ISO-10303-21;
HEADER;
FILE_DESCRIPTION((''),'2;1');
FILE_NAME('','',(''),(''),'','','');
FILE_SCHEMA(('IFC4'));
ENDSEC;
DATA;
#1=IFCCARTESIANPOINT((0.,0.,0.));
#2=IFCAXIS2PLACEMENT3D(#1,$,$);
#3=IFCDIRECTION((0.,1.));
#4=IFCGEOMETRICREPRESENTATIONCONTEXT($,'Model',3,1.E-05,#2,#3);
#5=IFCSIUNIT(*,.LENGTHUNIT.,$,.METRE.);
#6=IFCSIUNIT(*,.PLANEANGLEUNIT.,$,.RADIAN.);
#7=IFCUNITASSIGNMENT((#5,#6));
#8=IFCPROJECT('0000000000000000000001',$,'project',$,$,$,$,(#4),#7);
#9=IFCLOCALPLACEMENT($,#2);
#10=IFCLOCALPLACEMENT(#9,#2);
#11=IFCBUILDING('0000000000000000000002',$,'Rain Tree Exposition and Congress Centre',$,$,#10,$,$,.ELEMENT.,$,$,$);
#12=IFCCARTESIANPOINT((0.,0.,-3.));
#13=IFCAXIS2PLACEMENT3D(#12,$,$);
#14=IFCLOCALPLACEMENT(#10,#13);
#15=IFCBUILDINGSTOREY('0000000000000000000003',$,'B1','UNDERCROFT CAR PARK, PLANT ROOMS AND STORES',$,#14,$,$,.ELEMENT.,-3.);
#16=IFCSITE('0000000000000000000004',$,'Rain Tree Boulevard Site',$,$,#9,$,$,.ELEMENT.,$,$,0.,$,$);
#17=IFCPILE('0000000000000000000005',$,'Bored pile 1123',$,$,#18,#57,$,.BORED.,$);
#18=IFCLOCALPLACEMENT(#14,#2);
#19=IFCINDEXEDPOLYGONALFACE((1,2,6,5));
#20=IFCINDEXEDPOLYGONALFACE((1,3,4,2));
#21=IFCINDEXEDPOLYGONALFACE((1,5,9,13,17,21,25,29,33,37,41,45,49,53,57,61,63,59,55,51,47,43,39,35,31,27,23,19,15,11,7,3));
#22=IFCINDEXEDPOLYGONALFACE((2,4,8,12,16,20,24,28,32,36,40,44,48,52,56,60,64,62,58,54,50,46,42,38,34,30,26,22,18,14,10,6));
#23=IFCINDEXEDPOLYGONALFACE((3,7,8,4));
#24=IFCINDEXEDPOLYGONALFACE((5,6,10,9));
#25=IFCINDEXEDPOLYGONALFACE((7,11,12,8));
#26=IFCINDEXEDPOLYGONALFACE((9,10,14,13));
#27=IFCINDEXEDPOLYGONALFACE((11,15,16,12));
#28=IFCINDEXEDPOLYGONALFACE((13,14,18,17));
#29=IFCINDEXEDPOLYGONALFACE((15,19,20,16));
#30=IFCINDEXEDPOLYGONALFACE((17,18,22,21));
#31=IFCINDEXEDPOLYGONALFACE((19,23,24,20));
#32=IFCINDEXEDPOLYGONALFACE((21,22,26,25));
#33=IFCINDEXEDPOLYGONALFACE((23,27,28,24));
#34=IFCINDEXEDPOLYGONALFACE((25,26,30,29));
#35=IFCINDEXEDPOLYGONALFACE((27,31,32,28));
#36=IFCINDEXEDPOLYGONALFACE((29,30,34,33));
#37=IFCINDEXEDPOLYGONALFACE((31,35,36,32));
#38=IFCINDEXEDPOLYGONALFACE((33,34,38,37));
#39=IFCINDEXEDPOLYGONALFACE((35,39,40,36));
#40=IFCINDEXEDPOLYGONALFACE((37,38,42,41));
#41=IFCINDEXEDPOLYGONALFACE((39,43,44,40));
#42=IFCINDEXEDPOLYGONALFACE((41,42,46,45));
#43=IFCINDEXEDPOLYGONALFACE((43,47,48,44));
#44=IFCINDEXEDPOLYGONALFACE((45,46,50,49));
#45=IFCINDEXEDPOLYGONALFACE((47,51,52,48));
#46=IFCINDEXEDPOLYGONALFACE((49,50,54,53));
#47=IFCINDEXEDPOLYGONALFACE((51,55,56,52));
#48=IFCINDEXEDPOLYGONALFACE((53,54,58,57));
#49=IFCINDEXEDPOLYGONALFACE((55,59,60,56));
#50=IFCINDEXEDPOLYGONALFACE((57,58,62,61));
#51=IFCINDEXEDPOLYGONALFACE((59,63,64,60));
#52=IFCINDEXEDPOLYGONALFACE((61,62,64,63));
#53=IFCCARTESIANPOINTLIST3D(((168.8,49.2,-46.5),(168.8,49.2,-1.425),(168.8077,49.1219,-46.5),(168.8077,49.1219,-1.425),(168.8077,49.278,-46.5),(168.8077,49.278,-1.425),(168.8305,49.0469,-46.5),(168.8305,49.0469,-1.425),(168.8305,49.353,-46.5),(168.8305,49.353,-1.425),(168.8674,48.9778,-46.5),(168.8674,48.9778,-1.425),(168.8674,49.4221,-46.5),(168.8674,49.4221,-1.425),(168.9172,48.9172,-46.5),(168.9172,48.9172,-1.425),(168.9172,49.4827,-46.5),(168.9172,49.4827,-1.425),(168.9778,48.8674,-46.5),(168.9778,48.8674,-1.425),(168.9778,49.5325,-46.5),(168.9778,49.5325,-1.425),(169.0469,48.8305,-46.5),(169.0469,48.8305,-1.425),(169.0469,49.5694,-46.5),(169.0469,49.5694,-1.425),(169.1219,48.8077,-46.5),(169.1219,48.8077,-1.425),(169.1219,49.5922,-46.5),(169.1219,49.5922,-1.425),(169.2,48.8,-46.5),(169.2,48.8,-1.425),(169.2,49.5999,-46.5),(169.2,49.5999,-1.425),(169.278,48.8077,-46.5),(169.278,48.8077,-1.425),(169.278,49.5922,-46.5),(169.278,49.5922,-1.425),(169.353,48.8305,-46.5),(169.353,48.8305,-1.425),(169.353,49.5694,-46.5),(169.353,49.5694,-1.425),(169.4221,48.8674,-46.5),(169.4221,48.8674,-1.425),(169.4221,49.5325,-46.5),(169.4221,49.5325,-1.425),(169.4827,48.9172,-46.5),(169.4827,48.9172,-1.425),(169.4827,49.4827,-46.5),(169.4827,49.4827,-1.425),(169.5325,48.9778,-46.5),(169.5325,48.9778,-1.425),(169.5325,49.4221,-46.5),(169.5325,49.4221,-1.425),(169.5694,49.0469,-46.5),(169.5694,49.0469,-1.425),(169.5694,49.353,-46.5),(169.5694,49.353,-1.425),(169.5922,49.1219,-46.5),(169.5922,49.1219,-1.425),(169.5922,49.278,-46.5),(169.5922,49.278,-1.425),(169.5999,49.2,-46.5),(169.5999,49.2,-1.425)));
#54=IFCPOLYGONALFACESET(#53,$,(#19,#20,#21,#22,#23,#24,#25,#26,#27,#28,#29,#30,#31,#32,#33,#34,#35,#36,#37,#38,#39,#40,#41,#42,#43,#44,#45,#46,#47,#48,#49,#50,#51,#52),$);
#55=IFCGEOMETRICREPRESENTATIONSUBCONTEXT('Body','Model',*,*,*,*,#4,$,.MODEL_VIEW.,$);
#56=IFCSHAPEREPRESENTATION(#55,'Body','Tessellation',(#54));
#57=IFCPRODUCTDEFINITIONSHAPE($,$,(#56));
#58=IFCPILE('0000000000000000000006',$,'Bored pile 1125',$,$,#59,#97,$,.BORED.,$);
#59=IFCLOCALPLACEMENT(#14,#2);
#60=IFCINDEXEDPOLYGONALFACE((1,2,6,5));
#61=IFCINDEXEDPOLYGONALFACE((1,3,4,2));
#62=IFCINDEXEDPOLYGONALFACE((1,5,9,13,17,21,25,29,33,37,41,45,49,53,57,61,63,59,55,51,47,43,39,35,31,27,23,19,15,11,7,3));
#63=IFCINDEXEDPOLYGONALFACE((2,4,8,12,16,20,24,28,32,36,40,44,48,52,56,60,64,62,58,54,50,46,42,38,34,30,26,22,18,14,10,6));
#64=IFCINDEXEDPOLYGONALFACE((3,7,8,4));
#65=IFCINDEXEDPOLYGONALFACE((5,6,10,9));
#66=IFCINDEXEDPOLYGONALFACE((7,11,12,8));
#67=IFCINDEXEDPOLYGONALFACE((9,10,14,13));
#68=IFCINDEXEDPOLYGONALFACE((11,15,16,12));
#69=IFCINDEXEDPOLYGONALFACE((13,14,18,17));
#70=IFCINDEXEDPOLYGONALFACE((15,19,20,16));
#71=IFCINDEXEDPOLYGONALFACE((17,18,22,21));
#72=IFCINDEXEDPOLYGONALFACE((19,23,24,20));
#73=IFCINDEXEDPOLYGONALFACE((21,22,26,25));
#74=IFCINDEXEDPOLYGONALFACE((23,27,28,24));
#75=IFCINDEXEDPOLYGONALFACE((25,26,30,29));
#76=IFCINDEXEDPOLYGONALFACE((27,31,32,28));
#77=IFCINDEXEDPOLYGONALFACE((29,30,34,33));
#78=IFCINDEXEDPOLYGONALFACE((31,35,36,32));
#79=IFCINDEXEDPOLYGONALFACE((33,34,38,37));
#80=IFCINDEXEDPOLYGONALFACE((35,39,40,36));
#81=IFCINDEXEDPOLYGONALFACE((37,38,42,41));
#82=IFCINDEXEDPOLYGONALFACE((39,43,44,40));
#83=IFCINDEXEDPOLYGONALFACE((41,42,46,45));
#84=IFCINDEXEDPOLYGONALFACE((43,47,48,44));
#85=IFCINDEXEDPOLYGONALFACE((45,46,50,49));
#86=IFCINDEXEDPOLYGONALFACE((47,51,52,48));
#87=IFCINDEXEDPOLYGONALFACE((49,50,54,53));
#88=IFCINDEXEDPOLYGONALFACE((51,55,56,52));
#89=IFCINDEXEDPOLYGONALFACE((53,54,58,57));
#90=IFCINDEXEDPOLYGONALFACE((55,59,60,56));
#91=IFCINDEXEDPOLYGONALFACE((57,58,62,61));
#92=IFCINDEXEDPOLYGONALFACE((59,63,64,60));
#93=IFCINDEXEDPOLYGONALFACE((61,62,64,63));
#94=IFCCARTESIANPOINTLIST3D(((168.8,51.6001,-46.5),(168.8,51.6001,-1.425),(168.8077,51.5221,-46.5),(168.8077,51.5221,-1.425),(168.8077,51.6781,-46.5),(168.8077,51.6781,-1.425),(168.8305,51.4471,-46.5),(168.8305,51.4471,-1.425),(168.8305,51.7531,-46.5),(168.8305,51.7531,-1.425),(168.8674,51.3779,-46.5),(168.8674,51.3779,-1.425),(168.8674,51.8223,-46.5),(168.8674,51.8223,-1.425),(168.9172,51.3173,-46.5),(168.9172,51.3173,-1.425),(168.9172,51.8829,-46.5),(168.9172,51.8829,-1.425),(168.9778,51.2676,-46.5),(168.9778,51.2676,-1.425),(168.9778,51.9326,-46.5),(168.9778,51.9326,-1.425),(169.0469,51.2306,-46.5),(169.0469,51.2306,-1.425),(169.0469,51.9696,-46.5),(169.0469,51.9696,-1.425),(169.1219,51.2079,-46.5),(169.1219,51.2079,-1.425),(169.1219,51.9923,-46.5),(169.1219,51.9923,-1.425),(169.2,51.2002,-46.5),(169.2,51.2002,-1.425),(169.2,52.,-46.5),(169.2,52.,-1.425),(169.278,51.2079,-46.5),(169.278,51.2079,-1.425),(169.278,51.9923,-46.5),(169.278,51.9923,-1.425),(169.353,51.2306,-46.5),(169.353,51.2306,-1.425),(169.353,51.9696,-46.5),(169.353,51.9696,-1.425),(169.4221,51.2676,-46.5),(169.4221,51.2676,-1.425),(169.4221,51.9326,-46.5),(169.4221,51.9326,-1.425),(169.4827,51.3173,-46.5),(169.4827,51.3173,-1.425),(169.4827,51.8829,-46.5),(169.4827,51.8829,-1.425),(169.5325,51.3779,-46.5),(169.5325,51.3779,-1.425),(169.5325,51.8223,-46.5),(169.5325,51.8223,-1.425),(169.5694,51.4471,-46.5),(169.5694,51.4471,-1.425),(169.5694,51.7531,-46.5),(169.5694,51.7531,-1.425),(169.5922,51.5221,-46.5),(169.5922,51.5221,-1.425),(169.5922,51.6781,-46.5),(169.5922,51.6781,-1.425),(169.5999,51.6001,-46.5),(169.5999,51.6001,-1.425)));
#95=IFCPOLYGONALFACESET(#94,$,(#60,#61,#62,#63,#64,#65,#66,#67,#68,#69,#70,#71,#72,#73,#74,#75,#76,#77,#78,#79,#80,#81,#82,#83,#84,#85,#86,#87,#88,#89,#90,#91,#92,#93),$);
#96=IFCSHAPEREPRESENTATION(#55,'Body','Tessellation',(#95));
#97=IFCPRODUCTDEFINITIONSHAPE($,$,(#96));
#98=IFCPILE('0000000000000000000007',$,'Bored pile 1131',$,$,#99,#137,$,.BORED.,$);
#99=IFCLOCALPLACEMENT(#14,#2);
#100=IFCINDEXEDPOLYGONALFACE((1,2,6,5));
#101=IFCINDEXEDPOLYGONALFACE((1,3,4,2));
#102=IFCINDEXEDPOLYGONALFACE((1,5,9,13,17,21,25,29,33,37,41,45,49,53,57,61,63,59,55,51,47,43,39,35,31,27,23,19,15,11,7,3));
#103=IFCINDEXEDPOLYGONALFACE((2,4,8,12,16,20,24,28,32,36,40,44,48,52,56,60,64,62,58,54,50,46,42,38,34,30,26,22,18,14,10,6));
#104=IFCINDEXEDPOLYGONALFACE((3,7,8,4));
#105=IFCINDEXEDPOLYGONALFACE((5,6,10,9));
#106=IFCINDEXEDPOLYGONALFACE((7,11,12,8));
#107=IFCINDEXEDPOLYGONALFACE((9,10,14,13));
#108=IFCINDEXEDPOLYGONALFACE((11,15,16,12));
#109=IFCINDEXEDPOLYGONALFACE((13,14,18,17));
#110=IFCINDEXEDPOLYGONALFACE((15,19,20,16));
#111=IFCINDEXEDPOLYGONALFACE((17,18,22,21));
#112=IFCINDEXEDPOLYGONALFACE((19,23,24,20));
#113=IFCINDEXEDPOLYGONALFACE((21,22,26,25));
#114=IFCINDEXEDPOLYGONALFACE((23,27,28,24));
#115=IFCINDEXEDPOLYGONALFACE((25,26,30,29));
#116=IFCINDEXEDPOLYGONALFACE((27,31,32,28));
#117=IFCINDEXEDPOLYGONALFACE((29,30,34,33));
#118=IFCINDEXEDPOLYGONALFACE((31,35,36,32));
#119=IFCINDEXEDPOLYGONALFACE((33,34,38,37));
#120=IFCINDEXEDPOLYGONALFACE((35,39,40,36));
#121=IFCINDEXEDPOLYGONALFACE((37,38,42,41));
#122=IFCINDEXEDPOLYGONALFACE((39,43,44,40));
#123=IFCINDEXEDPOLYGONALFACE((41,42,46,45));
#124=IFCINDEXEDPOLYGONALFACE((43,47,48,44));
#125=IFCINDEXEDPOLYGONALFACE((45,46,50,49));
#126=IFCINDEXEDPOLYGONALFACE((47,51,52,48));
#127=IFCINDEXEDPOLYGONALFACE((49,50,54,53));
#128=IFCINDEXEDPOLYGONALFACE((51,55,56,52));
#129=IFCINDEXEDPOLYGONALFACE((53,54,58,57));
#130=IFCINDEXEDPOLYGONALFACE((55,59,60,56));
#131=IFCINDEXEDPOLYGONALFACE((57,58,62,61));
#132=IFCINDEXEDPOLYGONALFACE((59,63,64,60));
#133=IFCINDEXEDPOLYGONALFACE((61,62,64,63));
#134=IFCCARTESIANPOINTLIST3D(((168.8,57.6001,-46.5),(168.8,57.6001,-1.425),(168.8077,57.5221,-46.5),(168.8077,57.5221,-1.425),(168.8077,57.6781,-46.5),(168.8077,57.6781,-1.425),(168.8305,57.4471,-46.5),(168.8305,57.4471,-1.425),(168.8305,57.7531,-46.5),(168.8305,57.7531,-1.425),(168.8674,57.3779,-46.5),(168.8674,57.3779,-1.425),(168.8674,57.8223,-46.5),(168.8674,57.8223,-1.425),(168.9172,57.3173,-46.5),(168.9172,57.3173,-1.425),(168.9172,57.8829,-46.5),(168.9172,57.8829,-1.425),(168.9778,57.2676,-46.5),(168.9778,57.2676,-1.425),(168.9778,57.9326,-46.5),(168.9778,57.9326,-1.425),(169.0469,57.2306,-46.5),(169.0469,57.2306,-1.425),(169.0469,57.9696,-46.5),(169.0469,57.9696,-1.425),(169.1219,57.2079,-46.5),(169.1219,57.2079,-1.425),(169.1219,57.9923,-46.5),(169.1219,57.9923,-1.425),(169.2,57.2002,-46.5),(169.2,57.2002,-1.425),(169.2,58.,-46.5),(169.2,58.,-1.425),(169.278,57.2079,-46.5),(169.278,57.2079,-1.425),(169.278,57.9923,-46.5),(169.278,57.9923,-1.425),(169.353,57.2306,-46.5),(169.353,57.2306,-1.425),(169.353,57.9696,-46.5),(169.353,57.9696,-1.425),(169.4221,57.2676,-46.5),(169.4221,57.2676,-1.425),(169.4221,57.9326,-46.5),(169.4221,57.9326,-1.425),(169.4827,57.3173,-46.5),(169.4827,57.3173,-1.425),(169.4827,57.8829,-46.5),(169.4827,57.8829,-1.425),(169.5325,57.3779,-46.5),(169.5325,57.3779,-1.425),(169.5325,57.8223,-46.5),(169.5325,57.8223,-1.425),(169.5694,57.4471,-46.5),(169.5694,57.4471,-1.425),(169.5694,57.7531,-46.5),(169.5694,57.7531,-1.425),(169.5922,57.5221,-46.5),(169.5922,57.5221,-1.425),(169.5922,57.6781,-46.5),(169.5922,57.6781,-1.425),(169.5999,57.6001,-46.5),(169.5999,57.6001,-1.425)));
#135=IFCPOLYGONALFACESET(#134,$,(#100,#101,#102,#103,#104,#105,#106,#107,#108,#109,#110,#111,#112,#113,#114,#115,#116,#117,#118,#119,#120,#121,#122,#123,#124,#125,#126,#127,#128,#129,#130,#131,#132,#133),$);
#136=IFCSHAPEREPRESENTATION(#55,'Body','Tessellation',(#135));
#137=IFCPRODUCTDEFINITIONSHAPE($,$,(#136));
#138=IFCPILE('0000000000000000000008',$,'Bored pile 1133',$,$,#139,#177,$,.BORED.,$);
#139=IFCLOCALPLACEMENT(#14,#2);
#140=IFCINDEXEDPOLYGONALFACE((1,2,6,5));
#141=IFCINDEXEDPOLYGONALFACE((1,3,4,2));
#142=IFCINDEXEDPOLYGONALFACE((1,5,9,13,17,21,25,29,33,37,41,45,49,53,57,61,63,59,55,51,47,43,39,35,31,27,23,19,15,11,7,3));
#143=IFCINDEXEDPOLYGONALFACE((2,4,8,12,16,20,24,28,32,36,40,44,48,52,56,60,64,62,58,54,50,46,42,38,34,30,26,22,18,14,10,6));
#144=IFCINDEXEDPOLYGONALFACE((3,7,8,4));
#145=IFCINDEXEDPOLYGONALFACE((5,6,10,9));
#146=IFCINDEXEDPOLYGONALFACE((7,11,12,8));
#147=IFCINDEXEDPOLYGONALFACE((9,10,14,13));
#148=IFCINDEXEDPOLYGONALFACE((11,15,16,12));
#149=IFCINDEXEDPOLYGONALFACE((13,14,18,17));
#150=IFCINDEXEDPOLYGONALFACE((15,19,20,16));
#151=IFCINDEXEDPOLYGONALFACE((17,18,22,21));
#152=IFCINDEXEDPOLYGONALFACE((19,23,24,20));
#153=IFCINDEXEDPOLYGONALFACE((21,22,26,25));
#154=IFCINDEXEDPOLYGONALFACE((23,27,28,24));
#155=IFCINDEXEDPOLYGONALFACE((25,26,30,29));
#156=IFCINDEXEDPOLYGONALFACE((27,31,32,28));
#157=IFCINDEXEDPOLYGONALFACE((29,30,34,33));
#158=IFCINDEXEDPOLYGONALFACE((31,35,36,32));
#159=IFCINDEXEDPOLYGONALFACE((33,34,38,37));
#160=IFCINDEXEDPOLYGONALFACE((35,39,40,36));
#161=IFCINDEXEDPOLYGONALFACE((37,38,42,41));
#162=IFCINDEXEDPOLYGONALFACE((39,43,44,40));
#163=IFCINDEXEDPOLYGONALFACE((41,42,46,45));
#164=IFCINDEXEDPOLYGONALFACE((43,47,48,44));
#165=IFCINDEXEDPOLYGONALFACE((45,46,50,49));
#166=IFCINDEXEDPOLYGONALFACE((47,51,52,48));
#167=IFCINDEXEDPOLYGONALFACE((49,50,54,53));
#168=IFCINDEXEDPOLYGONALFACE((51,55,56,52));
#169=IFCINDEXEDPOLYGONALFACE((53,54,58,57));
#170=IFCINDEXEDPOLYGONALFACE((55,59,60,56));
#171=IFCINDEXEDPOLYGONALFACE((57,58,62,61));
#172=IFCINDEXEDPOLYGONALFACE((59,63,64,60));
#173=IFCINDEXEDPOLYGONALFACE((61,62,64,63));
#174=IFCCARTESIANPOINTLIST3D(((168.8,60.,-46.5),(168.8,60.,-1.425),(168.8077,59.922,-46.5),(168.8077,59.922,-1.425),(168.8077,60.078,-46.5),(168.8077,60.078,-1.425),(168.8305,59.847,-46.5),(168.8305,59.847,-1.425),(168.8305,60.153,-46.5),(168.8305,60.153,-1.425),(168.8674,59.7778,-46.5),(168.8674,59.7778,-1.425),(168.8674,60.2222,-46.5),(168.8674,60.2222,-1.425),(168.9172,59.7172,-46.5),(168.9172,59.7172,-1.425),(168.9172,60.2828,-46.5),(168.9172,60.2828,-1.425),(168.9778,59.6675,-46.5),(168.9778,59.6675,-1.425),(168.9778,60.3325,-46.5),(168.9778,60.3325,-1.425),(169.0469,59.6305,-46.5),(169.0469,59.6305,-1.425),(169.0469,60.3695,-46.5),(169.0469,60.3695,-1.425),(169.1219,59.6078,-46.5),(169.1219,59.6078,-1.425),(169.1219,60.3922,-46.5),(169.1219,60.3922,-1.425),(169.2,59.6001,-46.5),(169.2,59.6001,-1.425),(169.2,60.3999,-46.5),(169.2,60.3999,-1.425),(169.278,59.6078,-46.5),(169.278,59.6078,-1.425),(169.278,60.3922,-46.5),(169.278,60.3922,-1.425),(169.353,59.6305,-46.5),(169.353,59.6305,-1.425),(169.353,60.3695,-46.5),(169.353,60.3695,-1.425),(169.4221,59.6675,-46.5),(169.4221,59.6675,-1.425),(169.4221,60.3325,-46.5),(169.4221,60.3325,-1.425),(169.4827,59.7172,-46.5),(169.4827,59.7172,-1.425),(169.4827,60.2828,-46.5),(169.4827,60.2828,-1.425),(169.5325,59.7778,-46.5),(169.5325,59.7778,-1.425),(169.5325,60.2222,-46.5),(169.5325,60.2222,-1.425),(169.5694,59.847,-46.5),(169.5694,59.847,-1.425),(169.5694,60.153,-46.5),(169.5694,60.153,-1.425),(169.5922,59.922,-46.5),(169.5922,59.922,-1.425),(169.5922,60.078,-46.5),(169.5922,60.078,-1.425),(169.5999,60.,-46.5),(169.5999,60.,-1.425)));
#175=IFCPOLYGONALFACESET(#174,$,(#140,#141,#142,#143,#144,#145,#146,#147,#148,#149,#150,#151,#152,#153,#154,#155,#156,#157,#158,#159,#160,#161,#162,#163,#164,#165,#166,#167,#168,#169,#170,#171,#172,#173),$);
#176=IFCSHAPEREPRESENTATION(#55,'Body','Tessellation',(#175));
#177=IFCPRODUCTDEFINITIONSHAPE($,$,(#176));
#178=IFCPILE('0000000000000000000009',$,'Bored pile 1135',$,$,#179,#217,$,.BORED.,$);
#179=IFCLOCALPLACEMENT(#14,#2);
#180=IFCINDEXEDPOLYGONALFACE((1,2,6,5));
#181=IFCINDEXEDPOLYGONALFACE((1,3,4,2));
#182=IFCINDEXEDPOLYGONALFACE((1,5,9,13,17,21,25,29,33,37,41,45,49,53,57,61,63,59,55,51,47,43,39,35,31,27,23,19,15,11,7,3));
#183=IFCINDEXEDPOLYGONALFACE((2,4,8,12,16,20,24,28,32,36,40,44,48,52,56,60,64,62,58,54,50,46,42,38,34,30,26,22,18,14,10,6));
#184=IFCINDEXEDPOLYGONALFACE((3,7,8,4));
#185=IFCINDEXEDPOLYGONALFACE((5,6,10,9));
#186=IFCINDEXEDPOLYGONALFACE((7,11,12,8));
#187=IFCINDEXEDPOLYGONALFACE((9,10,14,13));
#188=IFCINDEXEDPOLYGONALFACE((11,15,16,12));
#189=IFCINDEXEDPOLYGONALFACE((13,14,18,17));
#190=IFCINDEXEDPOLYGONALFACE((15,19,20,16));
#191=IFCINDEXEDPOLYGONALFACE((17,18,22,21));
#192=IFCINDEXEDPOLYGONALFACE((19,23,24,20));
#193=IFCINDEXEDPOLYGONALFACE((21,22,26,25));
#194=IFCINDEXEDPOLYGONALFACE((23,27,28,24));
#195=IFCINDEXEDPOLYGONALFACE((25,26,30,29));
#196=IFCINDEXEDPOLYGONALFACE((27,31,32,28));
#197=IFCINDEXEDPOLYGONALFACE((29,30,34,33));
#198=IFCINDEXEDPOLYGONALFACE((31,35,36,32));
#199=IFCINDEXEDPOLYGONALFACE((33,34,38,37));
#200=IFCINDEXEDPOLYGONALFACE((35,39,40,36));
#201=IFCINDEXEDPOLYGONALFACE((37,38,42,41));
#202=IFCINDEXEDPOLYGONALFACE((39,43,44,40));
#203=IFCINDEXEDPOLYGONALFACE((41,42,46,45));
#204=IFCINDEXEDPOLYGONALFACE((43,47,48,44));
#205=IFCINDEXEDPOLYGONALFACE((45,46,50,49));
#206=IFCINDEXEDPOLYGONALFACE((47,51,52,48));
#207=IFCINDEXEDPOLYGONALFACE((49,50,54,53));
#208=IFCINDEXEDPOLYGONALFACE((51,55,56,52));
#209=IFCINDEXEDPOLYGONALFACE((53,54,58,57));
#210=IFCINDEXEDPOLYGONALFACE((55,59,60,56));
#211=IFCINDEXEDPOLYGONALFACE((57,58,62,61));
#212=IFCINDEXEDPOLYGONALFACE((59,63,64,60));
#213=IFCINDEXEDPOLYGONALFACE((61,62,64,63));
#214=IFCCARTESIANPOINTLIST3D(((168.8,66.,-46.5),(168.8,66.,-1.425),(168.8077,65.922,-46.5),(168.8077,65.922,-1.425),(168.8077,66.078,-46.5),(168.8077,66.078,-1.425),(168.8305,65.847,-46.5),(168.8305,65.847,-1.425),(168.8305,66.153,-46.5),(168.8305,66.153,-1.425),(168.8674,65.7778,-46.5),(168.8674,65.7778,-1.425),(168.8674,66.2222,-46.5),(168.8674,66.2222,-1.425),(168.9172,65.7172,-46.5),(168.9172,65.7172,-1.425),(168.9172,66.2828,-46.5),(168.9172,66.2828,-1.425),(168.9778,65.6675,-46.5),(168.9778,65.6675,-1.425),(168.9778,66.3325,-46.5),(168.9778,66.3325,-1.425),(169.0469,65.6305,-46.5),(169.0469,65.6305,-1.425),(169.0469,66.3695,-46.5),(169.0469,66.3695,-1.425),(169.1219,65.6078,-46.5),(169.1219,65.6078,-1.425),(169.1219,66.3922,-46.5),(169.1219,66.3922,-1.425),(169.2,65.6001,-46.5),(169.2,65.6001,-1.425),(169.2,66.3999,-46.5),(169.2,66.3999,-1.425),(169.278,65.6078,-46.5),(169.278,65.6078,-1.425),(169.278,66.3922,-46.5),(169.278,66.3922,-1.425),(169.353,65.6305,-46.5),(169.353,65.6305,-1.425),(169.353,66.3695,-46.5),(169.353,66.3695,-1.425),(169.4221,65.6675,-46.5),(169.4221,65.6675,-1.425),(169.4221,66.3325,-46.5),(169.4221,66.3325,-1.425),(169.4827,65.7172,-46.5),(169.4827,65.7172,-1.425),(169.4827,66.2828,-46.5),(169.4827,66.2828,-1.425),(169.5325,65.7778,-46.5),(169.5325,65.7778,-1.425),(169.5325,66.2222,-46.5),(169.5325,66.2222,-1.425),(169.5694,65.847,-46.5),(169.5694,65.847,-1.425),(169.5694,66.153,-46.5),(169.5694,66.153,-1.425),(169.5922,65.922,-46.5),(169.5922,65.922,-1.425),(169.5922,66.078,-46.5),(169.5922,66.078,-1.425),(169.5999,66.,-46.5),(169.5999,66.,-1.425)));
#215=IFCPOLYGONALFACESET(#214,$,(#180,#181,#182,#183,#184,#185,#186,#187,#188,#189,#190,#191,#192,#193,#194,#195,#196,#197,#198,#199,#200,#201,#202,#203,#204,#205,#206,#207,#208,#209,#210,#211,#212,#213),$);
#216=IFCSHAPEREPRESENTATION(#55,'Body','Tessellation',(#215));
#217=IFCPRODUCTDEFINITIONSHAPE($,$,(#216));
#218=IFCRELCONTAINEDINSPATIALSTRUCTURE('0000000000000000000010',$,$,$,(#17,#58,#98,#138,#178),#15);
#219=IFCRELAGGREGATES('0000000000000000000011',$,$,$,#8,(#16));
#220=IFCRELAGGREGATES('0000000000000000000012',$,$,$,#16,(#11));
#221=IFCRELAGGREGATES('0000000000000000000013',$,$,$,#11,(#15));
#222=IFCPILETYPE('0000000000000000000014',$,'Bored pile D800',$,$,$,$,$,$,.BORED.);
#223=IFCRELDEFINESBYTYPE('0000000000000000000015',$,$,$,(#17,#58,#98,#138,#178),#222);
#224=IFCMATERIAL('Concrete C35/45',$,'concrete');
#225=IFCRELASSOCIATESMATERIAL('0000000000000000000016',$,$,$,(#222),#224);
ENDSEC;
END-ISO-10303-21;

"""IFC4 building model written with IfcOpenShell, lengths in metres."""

from ifc_helpers import new_model, si_unit, direction, frame, origin, origin_2d, place, context, subcontext, project, spatial, circle, extrude, material, material_profile, profile_set, type_object, element, save


model = new_model("IFC4")

# Units and contexts
model_context = context("Model", 3, precision=1e-05, world=origin(), true_north=direction((0.0, 1.0)))
body_context = subcontext(model_context, "Body", "Model", "MODEL_VIEW")
ifc_project = project(units=[si_unit("LENGTHUNIT", "METRE"), si_unit("PLANEANGLEUNIT", "RADIAN")], contexts=[model_context])

# Site, building, storey
site_placement = place(None, origin())
site = spatial("IfcSite", under=ifc_project, at=site_placement, Name="Rain Tree Boulevard Site", CompositionType="ELEMENT", RefElevation=0.0)
building_placement = place(site_placement, origin())
building = spatial("IfcBuilding", under=site, at=building_placement, Name="Rain Tree Exposition and Congress Centre", CompositionType="ELEMENT")
storey_placement = place(building_placement, frame((0.0, 0.0, -3.0)))
storey = spatial("IfcBuildingStorey", under=building, at=storey_placement, Name="B1", Description="UNDERCROFT CAR PARK, PLANT ROOMS AND STORES", CompositionType="ELEMENT", Elevation=-3.0)

# Piles
ifc_material_1 = material(Name="Concrete C35/45", Category="concrete")
ifc_material_profile_1 = material_profile(ifc_material_1, circle(Radius=0.3999, at=origin_2d()), Name="D800")
ifc_profile_set_1 = profile_set([ifc_material_profile_1], Name="Concrete C35/45")
pile_type = type_object("IfcPileType", Name="Bored pile D800", PredefinedType="BORED", material=ifc_profile_set_1)
for number, where, z_axis, x_axis, name in (
    (1, (169.2, 49.2, -1.425), (0.0, 0.0, -1.0), (1.0, 0.0, 0.0), "Bored pile 1123"),
    (2, (169.2, 51.6001, -1.425), (0.0, 0.0, -1.0), (1.0, 0.0, 0.0), "Bored pile 1125"),
    (3, (169.2, 57.6001, -1.425), (0.0, 0.0, -1.0), (1.0, 0.0, 0.0), "Bored pile 1131"),
    (4, (169.2, 60.0, -1.425), (0.0, 0.0, -1.0), (1.0, 0.0, 0.0), "Bored pile 1133"),
    (5, (169.2, 66.0, -1.425), (0.0, 0.0, -1.0), (1.0, 0.0, 0.0), "Bored pile 1135"),
):
    element("IfcPile", number, at=place(storey_placement, frame(where, z_axis=z_axis, x_axis=x_axis)), inside=storey, type_object=pile_type, Name=name, PredefinedType="BORED", context=body_context, shape_type="SweptSolid", body=[
        extrude(circle(Radius=0.3999, at=origin_2d()), origin(), (0.0, 0.0, 1.0), 45.075),
    ])

save(model, "model.ifc")
